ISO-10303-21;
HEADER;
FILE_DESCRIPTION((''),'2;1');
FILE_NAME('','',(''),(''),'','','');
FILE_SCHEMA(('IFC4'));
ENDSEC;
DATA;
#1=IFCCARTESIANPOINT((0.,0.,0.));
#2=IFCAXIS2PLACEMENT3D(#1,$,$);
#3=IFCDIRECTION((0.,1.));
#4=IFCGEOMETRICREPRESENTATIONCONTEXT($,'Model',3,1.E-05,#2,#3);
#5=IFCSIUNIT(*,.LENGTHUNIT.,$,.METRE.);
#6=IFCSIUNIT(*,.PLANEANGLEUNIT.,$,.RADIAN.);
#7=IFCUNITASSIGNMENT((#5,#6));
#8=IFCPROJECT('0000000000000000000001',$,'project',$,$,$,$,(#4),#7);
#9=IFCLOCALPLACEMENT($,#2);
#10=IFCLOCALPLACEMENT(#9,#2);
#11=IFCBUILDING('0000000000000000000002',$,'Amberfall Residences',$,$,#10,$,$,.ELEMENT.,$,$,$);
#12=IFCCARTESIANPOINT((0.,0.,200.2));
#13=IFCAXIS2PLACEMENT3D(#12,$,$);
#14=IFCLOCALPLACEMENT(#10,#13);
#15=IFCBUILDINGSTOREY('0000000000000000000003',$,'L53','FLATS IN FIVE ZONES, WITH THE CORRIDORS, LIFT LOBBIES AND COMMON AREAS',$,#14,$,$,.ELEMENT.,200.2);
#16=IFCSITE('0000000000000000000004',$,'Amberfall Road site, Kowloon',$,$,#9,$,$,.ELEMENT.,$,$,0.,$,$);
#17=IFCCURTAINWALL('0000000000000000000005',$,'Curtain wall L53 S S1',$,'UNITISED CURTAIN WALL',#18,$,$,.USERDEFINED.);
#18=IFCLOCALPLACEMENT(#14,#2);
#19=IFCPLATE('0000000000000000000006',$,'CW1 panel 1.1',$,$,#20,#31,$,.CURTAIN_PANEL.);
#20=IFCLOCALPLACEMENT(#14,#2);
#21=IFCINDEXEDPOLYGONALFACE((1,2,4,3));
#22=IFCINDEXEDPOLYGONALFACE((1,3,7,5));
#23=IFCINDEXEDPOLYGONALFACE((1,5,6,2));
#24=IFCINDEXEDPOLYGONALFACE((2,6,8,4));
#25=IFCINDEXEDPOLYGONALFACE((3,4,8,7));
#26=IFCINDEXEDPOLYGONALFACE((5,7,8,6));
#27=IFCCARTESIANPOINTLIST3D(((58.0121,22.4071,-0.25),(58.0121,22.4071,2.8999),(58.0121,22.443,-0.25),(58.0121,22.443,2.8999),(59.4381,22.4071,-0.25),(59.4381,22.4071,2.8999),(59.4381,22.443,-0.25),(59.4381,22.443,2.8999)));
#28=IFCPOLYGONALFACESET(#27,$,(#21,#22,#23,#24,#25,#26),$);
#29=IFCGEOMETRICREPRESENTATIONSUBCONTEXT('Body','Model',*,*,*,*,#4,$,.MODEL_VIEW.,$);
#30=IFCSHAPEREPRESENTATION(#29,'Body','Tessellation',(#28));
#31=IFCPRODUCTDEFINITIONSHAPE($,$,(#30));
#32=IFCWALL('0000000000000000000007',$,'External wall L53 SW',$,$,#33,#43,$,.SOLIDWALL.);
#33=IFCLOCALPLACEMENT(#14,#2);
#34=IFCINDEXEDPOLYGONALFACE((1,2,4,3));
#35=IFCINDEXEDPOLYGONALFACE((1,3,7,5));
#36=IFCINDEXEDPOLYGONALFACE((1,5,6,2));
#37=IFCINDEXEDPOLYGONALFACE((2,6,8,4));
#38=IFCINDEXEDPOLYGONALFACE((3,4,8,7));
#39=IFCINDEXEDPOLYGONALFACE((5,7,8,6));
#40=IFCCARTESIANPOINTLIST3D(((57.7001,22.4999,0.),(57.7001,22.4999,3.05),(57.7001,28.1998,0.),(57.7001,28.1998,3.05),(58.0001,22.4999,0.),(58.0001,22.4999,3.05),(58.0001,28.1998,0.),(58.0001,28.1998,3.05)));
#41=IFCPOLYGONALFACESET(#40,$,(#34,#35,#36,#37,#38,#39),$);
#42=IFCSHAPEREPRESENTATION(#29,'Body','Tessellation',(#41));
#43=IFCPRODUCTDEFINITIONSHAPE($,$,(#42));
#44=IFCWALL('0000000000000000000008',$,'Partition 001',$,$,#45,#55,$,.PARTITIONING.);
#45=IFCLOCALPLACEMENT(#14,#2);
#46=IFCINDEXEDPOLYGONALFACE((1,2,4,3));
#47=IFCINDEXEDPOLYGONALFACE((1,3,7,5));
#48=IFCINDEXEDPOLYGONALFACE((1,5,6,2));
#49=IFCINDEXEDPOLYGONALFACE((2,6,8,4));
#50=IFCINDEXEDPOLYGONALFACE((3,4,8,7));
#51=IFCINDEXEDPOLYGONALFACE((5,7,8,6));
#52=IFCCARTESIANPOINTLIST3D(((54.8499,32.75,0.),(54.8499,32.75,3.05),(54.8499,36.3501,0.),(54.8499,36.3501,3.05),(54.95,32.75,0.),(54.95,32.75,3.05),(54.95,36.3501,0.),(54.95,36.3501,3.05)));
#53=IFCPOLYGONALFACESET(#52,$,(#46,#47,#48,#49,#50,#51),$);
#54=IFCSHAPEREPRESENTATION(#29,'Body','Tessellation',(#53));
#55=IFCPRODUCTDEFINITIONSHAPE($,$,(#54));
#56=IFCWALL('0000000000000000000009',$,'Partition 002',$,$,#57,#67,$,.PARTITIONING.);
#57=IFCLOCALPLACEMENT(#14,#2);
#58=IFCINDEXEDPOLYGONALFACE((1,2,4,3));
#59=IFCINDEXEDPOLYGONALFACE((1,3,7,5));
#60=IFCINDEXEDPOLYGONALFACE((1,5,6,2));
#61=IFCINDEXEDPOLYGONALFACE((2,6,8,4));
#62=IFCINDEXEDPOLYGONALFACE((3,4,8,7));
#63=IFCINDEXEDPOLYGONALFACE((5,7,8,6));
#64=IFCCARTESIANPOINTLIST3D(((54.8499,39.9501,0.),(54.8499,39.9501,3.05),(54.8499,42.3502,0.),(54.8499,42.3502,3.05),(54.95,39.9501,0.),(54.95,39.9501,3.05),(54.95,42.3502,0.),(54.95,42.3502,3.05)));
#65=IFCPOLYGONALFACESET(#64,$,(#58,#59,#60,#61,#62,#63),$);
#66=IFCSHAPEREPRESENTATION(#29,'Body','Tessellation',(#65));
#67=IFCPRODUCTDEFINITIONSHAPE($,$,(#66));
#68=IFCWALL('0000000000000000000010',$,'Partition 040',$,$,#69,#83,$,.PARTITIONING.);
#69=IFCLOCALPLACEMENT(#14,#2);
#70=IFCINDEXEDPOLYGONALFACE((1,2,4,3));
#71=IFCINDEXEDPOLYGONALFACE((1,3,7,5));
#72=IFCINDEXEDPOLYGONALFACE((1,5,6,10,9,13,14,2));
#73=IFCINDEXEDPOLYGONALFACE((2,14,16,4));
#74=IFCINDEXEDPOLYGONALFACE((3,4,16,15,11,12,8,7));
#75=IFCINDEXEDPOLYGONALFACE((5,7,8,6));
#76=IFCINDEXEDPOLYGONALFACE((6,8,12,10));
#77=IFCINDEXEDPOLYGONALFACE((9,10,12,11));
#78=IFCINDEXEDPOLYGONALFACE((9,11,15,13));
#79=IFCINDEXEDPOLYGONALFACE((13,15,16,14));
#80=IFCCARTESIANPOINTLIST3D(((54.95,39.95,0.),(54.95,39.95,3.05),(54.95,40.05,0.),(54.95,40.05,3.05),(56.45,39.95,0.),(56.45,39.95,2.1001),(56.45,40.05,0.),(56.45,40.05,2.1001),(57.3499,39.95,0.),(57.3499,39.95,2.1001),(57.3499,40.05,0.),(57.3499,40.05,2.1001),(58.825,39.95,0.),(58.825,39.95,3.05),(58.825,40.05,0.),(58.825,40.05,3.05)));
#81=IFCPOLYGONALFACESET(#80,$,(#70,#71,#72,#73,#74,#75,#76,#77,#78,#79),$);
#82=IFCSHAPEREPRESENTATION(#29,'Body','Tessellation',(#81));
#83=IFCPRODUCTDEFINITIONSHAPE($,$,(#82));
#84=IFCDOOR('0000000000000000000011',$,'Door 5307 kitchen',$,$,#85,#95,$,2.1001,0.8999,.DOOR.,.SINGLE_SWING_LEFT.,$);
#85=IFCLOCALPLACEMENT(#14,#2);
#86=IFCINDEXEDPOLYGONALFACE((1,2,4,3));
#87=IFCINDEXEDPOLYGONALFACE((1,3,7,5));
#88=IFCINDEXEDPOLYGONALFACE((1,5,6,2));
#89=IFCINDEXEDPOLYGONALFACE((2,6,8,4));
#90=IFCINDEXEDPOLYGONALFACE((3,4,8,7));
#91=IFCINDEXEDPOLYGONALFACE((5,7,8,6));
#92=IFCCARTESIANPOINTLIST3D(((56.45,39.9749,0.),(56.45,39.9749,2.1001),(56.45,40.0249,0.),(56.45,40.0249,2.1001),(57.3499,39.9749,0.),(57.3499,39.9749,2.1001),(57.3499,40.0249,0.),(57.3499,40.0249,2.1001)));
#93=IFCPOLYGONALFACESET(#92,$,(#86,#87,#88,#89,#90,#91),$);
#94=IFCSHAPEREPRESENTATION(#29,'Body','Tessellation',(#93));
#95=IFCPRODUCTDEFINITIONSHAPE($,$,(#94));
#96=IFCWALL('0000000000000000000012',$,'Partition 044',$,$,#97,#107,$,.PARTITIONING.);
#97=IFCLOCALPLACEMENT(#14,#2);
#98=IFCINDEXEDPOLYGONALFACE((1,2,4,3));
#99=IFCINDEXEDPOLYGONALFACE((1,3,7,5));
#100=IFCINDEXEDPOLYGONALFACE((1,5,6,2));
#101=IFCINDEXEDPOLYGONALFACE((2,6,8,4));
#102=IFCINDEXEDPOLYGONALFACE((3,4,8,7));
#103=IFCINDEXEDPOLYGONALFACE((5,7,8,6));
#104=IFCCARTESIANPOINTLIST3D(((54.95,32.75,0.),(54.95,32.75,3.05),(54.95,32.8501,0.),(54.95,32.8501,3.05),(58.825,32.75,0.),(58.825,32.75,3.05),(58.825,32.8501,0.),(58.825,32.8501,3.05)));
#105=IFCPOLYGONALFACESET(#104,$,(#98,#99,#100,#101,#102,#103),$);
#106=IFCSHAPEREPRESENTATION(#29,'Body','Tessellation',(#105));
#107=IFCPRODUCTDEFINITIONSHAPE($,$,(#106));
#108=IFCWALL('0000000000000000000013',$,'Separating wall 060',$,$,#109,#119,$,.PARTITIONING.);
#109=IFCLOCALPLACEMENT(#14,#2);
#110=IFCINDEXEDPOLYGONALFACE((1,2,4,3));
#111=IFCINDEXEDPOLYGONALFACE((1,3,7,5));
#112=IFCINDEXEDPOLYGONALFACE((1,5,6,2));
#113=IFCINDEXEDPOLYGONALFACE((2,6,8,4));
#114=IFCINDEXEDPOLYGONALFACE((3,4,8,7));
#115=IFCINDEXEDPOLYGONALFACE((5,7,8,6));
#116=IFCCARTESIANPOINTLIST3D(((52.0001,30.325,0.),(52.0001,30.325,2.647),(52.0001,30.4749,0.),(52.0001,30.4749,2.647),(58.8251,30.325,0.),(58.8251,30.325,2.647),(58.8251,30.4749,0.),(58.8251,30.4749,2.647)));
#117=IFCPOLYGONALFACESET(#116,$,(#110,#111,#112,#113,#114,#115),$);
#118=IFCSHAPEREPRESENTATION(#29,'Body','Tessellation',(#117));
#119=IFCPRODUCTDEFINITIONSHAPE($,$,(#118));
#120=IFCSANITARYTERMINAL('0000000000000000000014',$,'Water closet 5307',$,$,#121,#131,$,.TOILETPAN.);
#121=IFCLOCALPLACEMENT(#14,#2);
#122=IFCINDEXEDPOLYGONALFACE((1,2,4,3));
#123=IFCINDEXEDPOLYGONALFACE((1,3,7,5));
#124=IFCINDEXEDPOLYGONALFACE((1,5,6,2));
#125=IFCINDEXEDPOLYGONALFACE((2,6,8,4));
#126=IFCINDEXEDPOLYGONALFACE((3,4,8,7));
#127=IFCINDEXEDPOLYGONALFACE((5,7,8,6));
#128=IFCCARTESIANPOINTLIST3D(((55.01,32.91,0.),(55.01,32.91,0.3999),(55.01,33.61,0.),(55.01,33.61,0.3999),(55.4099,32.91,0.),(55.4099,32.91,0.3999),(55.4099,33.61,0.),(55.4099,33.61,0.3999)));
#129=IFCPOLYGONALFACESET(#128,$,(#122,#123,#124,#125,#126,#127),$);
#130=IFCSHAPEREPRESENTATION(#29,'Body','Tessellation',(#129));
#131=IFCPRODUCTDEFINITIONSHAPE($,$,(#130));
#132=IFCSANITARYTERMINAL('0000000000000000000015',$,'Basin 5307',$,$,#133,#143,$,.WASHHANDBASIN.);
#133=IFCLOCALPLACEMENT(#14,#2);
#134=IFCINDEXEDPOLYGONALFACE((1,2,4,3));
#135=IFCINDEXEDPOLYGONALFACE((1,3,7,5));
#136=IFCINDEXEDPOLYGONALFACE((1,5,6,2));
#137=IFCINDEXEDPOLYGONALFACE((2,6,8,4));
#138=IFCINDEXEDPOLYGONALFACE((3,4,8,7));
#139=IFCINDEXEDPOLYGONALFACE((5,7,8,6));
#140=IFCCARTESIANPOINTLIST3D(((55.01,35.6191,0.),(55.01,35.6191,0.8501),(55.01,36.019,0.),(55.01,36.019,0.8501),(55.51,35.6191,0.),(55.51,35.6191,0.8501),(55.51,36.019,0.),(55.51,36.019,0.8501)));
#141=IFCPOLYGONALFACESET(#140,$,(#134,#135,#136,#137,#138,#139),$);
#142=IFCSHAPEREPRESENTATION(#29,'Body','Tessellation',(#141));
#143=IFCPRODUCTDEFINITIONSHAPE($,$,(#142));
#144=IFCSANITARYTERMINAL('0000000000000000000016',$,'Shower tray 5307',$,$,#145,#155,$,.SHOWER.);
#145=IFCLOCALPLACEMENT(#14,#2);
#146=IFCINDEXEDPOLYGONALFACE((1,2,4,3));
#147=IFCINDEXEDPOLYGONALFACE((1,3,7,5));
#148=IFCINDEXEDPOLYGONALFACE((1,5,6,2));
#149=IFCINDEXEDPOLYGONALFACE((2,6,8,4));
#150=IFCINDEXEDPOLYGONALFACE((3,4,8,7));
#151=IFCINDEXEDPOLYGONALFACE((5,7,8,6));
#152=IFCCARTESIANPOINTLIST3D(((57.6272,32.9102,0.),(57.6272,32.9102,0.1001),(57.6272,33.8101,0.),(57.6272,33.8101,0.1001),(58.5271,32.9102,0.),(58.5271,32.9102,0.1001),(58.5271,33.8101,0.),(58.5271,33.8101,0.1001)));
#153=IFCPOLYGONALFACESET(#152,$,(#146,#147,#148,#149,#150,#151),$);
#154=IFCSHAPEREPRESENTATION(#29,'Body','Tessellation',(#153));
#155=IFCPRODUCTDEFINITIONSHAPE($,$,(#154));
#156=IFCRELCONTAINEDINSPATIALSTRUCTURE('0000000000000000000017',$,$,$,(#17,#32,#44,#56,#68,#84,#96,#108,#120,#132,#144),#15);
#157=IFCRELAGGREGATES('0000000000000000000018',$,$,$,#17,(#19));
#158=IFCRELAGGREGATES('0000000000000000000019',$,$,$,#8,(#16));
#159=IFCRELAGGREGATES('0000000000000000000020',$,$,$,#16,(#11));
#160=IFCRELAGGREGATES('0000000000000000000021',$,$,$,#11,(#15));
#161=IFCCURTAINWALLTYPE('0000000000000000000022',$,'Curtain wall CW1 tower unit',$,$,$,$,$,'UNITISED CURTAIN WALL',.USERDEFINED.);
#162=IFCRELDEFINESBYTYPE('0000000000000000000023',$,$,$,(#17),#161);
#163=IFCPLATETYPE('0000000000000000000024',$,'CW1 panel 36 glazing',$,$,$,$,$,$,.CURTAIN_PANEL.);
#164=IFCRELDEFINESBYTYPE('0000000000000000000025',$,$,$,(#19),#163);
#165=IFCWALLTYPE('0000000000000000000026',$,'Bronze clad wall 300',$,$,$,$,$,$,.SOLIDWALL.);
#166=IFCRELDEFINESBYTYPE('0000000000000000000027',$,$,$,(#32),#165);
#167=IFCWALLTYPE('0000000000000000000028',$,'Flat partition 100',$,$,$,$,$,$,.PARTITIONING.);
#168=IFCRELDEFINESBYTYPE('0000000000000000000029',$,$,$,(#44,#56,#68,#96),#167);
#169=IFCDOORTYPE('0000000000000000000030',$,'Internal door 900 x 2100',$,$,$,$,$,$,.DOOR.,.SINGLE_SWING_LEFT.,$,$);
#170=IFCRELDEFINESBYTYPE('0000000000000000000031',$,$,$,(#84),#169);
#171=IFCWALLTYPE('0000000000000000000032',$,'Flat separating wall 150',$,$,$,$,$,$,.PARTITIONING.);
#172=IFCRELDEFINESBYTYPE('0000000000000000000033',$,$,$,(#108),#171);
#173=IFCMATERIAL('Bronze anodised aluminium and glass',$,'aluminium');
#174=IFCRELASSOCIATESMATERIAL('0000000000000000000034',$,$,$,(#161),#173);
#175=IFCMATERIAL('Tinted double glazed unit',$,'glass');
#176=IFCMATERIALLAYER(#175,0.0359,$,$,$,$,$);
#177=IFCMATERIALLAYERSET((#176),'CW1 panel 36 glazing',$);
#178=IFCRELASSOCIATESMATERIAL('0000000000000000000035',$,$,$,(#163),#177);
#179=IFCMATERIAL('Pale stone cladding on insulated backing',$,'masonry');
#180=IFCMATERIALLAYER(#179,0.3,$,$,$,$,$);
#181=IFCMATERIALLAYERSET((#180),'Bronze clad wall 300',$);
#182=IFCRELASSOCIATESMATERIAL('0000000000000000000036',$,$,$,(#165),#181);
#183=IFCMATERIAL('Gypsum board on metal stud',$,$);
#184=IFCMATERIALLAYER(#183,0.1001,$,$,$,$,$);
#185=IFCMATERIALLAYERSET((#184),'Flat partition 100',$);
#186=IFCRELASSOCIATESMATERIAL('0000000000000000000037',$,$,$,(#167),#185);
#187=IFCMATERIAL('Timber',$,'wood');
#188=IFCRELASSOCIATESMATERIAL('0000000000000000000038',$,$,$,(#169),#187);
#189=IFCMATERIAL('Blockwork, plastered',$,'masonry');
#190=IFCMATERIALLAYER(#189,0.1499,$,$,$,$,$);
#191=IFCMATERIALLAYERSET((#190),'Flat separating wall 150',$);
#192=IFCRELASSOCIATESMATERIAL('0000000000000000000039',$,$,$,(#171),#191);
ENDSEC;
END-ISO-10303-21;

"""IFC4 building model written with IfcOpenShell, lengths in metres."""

from ifc_helpers import new_model, si_unit, direction, frame, frame_2d, origin, origin_2d, place, context, subcontext, project, spatial, rectangle, extrude, material, layer, layer_set, type_object, element, fill, aggregate, save


model = new_model("IFC4")

# Units and contexts
model_context = context("Model", 3, precision=1e-05, world=origin(), true_north=direction((0.0, 1.0)))
body_context = subcontext(model_context, "Body", "Model", "MODEL_VIEW")
ifc_project = project(units=[si_unit("LENGTHUNIT", "METRE"), si_unit("PLANEANGLEUNIT", "RADIAN")], contexts=[model_context])

# Site, building, storey
site_placement = place(None, origin())
site = spatial("IfcSite", under=ifc_project, at=site_placement, Name="Amberfall Road site, Kowloon", CompositionType="ELEMENT", RefElevation=0.0)
building_placement = place(site_placement, origin())
building = spatial("IfcBuilding", under=site, at=building_placement, Name="Amberfall Residences", CompositionType="ELEMENT")
storey_placement = place(building_placement, frame((0.0, 0.0, 200.2)))
storey = spatial("IfcBuildingStorey", under=building, at=storey_placement, Name="L53", Description="FLATS IN FIVE ZONES, WITH THE CORRIDORS, LIFT LOBBIES AND COMMON AREAS", CompositionType="ELEMENT", Elevation=200.2)

# Curtain wall
ifc_material_1 = material(Name="Bronze anodised aluminium and glass", Category="aluminium")
curtain_wall_type = type_object("IfcCurtainWallType", Name="Curtain wall CW1 tower unit", ElementType="UNITISED CURTAIN WALL", PredefinedType="USERDEFINED", material=ifc_material_1)
curtain_wall_placement = place(storey_placement, origin())
curtain_wall = element("IfcCurtainWall", 1, at=curtain_wall_placement, inside=storey, type_object=curtain_wall_type, Name="Curtain wall L53 S S1", ObjectType="UNITISED CURTAIN WALL", PredefinedType="USERDEFINED")

# Plate
ifc_material_2 = material(Name="Tinted double glazed unit", Category="glass")
ifc_layer_1 = layer(ifc_material_2, 0.0359)
ifc_layer_set_1 = layer_set([ifc_layer_1], Name="CW1 panel 36 glazing")
plate_type = type_object("IfcPlateType", Name="CW1 panel 36 glazing", PredefinedType="CURTAIN_PANEL", material=ifc_layer_set_1)
plate_placement = place(storey_placement, frame((58.7251, 22.425, -0.25), z_axis=(0.0, 0.0, 1.0), x_axis=(1.0, 0.0, 0.0)))
plate = element("IfcPlate", 2, at=plate_placement, type_object=plate_type, Name="CW1 panel 1.1", PredefinedType="CURTAIN_PANEL", context=body_context, shape_type="SweptSolid", body=[
    extrude(rectangle(XDim=1.426, YDim=0.0359, at=origin_2d()), origin(), (0.0, 0.0, 1.0), 3.1499),
])
aggregate(curtain_wall, [plate])

# Walls
ifc_material_3 = material(Name="Pale stone cladding on insulated backing", Category="masonry")
ifc_layer_2 = layer(ifc_material_3, 0.3)
ifc_layer_set_2 = layer_set([ifc_layer_2], Name="Bronze clad wall 300")
wall_type_1 = type_object("IfcWallType", Name="Bronze clad wall 300", PredefinedType="SOLIDWALL", material=ifc_layer_set_2)
wall_1_placement = place(storey_placement, frame((57.8501, 28.2, 0.0), z_axis=(0.0, 0.0, 1.0), x_axis=(0.0, -1.0, 0.0)))
element("IfcWall", 3, at=wall_1_placement, inside=storey, type_object=wall_type_1, Name="External wall L53 SW", PredefinedType="SOLIDWALL", context=body_context, shape_type="SweptSolid", body=[
    extrude(rectangle(XDim=5.7, YDim=0.3, at=frame_2d((2.8501, 0.0))), origin(), (0.0, 0.0, 1.0), 3.05),
])
ifc_material_4 = material(Name="Gypsum board on metal stud")
ifc_layer_3 = layer(ifc_material_4, 0.1001)
ifc_layer_set_3 = layer_set([ifc_layer_3], Name="Flat partition 100")
wall_type_2 = type_object("IfcWallType", Name="Flat partition 100", PredefinedType="PARTITIONING", material=ifc_layer_set_3)
wall_2_placement = place(storey_placement, frame((54.8999, 32.75, 0.0), z_axis=(0.0, 0.0, 1.0), x_axis=(0.0, 1.0, 0.0)))
element("IfcWall", 4, at=wall_2_placement, inside=storey, type_object=wall_type_2, Name="Partition 001", PredefinedType="PARTITIONING", context=body_context, shape_type="SweptSolid", body=[
    extrude(rectangle(XDim=3.6001, YDim=0.1001, at=frame_2d((1.8, 0.0))), origin(), (0.0, 0.0, 1.0), 3.05),
])
wall_3_placement = place(storey_placement, frame((54.8999, 39.95, 0.0), z_axis=(0.0, 0.0, 1.0), x_axis=(0.0, 1.0, 0.0)))
element("IfcWall", 5, at=wall_3_placement, inside=storey, type_object=wall_type_2, Name="Partition 002", PredefinedType="PARTITIONING", context=body_context, shape_type="SweptSolid", body=[
    extrude(rectangle(XDim=2.4001, YDim=0.1001, at=frame_2d((1.2002, 0.0))), origin(), (0.0, 0.0, 1.0), 3.05),
])

# Wall, opening, door
wall_4_placement = place(storey_placement, frame((54.95, 40.0, 0.0), z_axis=(0.0, 0.0, 1.0), x_axis=(1.0, 0.0, 0.0)))
wall_4 = element("IfcWall", 6, at=wall_4_placement, inside=storey, type_object=wall_type_2, Name="Partition 040", PredefinedType="PARTITIONING", context=body_context, shape_type="SweptSolid", body=[
    extrude(rectangle(XDim=3.875, YDim=0.1001, at=frame_2d((1.9375, 0.0))), origin(), (0.0, 0.0, 1.0), 3.05),
])
opening_placement = place(wall_4_placement, frame((1.5, 0.0, 0.0)))
opening = element("IfcOpeningElement", 7, at=opening_placement, cuts=wall_4, PredefinedType="OPENING", context=body_context, shape_type="SweptSolid", body=[
    extrude(rectangle(XDim=0.8999, YDim=2.1001, at=frame_2d((0.45, 1.05))), frame((0.0, 0.0601, 0.0), z_axis=(0.0, -1.0, 0.0), x_axis=(1.0, 0.0, 0.0)), (0.0, 0.0, 1.0), 0.1201),
])
ifc_material_5 = material(Name="Timber", Category="wood")
door_type = type_object("IfcDoorType", Name="Internal door 900 x 2100", OperationType="SINGLE_SWING_LEFT", PredefinedType="DOOR", material=ifc_material_5)
door_placement = place(opening_placement, origin())
door = element("IfcDoor", 8, at=door_placement, inside=storey, type_object=door_type, Name="Door 5307 kitchen", OperationType="SINGLE_SWING_LEFT", OverallHeight=2.1001, OverallWidth=0.8999, PredefinedType="DOOR", context=body_context, shape_type="SweptSolid", body=[
    extrude(rectangle(XDim=0.8999, YDim=2.1001, at=frame_2d((0.45, 1.05))), frame((0.0, 0.0249, 0.0), z_axis=(0.0, -1.0, 0.0), x_axis=(1.0, 0.0, 0.0)), (0.0, 0.0, 1.0), 0.05),
])
fill(opening, door)

# Walls
wall_5_placement = place(storey_placement, frame((54.95, 32.8, 0.0), z_axis=(0.0, 0.0, 1.0), x_axis=(1.0, 0.0, 0.0)))
element("IfcWall", 9, at=wall_5_placement, inside=storey, type_object=wall_type_2, Name="Partition 044", PredefinedType="PARTITIONING", context=body_context, shape_type="SweptSolid", body=[
    extrude(rectangle(XDim=3.875, YDim=0.1001, at=frame_2d((1.9375, 0.0))), origin(), (0.0, 0.0, 1.0), 3.05),
])
ifc_material_6 = material(Name="Blockwork, plastered", Category="masonry")
ifc_layer_4 = layer(ifc_material_6, 0.1499)
ifc_layer_set_4 = layer_set([ifc_layer_4], Name="Flat separating wall 150")
wall_type_3 = type_object("IfcWallType", Name="Flat separating wall 150", PredefinedType="PARTITIONING", material=ifc_layer_set_4)
wall_6_placement = place(storey_placement, frame((52.0, 30.3999, 0.0), z_axis=(0.0, 0.0, 1.0), x_axis=(1.0, 0.0, 0.0)))
element("IfcWall", 10, at=wall_6_placement, inside=storey, type_object=wall_type_3, Name="Separating wall 060", PredefinedType="PARTITIONING", context=body_context, shape_type="SweptSolid", body=[
    extrude(rectangle(XDim=6.825, YDim=0.1499, at=frame_2d((3.4126, 0.0))), origin(), (0.0, 0.0, 1.0), 2.647),
])

# Sanitary terminals
sanitary_terminal_1_placement = place(storey_placement, frame((55.21, 33.26, 0.0), z_axis=(0.0, 0.0, 1.0), x_axis=(1.0, 0.0, 0.0)))
element("IfcSanitaryTerminal", 11, at=sanitary_terminal_1_placement, inside=storey, Name="Water closet 5307", PredefinedType="TOILETPAN", context=body_context, shape_type="SweptSolid", body=[
    extrude(rectangle(XDim=0.3999, YDim=0.7, at=origin_2d()), origin(), (0.0, 0.0, 1.0), 0.3999),
])
sanitary_terminal_2_placement = place(storey_placement, frame((55.26, 35.8191, 0.0), z_axis=(0.0, 0.0, 1.0), x_axis=(1.0, 0.0, 0.0)))
element("IfcSanitaryTerminal", 12, at=sanitary_terminal_2_placement, inside=storey, Name="Basin 5307", PredefinedType="WASHHANDBASIN", context=body_context, shape_type="SweptSolid", body=[
    extrude(rectangle(XDim=0.5, YDim=0.3999, at=origin_2d()), origin(), (0.0, 0.0, 1.0), 0.8501),
])
sanitary_terminal_3_placement = place(storey_placement, frame((58.0771, 33.3601, 0.0), z_axis=(0.0, 0.0, 1.0), x_axis=(1.0, 0.0, 0.0)))
element("IfcSanitaryTerminal", 13, at=sanitary_terminal_3_placement, inside=storey, Name="Shower tray 5307", PredefinedType="SHOWER", context=body_context, shape_type="SweptSolid", body=[
    extrude(rectangle(XDim=0.8999, YDim=0.8999, at=origin_2d()), origin(), (0.0, 0.0, 1.0), 0.1001),
])

save(model, "model.ifc")
